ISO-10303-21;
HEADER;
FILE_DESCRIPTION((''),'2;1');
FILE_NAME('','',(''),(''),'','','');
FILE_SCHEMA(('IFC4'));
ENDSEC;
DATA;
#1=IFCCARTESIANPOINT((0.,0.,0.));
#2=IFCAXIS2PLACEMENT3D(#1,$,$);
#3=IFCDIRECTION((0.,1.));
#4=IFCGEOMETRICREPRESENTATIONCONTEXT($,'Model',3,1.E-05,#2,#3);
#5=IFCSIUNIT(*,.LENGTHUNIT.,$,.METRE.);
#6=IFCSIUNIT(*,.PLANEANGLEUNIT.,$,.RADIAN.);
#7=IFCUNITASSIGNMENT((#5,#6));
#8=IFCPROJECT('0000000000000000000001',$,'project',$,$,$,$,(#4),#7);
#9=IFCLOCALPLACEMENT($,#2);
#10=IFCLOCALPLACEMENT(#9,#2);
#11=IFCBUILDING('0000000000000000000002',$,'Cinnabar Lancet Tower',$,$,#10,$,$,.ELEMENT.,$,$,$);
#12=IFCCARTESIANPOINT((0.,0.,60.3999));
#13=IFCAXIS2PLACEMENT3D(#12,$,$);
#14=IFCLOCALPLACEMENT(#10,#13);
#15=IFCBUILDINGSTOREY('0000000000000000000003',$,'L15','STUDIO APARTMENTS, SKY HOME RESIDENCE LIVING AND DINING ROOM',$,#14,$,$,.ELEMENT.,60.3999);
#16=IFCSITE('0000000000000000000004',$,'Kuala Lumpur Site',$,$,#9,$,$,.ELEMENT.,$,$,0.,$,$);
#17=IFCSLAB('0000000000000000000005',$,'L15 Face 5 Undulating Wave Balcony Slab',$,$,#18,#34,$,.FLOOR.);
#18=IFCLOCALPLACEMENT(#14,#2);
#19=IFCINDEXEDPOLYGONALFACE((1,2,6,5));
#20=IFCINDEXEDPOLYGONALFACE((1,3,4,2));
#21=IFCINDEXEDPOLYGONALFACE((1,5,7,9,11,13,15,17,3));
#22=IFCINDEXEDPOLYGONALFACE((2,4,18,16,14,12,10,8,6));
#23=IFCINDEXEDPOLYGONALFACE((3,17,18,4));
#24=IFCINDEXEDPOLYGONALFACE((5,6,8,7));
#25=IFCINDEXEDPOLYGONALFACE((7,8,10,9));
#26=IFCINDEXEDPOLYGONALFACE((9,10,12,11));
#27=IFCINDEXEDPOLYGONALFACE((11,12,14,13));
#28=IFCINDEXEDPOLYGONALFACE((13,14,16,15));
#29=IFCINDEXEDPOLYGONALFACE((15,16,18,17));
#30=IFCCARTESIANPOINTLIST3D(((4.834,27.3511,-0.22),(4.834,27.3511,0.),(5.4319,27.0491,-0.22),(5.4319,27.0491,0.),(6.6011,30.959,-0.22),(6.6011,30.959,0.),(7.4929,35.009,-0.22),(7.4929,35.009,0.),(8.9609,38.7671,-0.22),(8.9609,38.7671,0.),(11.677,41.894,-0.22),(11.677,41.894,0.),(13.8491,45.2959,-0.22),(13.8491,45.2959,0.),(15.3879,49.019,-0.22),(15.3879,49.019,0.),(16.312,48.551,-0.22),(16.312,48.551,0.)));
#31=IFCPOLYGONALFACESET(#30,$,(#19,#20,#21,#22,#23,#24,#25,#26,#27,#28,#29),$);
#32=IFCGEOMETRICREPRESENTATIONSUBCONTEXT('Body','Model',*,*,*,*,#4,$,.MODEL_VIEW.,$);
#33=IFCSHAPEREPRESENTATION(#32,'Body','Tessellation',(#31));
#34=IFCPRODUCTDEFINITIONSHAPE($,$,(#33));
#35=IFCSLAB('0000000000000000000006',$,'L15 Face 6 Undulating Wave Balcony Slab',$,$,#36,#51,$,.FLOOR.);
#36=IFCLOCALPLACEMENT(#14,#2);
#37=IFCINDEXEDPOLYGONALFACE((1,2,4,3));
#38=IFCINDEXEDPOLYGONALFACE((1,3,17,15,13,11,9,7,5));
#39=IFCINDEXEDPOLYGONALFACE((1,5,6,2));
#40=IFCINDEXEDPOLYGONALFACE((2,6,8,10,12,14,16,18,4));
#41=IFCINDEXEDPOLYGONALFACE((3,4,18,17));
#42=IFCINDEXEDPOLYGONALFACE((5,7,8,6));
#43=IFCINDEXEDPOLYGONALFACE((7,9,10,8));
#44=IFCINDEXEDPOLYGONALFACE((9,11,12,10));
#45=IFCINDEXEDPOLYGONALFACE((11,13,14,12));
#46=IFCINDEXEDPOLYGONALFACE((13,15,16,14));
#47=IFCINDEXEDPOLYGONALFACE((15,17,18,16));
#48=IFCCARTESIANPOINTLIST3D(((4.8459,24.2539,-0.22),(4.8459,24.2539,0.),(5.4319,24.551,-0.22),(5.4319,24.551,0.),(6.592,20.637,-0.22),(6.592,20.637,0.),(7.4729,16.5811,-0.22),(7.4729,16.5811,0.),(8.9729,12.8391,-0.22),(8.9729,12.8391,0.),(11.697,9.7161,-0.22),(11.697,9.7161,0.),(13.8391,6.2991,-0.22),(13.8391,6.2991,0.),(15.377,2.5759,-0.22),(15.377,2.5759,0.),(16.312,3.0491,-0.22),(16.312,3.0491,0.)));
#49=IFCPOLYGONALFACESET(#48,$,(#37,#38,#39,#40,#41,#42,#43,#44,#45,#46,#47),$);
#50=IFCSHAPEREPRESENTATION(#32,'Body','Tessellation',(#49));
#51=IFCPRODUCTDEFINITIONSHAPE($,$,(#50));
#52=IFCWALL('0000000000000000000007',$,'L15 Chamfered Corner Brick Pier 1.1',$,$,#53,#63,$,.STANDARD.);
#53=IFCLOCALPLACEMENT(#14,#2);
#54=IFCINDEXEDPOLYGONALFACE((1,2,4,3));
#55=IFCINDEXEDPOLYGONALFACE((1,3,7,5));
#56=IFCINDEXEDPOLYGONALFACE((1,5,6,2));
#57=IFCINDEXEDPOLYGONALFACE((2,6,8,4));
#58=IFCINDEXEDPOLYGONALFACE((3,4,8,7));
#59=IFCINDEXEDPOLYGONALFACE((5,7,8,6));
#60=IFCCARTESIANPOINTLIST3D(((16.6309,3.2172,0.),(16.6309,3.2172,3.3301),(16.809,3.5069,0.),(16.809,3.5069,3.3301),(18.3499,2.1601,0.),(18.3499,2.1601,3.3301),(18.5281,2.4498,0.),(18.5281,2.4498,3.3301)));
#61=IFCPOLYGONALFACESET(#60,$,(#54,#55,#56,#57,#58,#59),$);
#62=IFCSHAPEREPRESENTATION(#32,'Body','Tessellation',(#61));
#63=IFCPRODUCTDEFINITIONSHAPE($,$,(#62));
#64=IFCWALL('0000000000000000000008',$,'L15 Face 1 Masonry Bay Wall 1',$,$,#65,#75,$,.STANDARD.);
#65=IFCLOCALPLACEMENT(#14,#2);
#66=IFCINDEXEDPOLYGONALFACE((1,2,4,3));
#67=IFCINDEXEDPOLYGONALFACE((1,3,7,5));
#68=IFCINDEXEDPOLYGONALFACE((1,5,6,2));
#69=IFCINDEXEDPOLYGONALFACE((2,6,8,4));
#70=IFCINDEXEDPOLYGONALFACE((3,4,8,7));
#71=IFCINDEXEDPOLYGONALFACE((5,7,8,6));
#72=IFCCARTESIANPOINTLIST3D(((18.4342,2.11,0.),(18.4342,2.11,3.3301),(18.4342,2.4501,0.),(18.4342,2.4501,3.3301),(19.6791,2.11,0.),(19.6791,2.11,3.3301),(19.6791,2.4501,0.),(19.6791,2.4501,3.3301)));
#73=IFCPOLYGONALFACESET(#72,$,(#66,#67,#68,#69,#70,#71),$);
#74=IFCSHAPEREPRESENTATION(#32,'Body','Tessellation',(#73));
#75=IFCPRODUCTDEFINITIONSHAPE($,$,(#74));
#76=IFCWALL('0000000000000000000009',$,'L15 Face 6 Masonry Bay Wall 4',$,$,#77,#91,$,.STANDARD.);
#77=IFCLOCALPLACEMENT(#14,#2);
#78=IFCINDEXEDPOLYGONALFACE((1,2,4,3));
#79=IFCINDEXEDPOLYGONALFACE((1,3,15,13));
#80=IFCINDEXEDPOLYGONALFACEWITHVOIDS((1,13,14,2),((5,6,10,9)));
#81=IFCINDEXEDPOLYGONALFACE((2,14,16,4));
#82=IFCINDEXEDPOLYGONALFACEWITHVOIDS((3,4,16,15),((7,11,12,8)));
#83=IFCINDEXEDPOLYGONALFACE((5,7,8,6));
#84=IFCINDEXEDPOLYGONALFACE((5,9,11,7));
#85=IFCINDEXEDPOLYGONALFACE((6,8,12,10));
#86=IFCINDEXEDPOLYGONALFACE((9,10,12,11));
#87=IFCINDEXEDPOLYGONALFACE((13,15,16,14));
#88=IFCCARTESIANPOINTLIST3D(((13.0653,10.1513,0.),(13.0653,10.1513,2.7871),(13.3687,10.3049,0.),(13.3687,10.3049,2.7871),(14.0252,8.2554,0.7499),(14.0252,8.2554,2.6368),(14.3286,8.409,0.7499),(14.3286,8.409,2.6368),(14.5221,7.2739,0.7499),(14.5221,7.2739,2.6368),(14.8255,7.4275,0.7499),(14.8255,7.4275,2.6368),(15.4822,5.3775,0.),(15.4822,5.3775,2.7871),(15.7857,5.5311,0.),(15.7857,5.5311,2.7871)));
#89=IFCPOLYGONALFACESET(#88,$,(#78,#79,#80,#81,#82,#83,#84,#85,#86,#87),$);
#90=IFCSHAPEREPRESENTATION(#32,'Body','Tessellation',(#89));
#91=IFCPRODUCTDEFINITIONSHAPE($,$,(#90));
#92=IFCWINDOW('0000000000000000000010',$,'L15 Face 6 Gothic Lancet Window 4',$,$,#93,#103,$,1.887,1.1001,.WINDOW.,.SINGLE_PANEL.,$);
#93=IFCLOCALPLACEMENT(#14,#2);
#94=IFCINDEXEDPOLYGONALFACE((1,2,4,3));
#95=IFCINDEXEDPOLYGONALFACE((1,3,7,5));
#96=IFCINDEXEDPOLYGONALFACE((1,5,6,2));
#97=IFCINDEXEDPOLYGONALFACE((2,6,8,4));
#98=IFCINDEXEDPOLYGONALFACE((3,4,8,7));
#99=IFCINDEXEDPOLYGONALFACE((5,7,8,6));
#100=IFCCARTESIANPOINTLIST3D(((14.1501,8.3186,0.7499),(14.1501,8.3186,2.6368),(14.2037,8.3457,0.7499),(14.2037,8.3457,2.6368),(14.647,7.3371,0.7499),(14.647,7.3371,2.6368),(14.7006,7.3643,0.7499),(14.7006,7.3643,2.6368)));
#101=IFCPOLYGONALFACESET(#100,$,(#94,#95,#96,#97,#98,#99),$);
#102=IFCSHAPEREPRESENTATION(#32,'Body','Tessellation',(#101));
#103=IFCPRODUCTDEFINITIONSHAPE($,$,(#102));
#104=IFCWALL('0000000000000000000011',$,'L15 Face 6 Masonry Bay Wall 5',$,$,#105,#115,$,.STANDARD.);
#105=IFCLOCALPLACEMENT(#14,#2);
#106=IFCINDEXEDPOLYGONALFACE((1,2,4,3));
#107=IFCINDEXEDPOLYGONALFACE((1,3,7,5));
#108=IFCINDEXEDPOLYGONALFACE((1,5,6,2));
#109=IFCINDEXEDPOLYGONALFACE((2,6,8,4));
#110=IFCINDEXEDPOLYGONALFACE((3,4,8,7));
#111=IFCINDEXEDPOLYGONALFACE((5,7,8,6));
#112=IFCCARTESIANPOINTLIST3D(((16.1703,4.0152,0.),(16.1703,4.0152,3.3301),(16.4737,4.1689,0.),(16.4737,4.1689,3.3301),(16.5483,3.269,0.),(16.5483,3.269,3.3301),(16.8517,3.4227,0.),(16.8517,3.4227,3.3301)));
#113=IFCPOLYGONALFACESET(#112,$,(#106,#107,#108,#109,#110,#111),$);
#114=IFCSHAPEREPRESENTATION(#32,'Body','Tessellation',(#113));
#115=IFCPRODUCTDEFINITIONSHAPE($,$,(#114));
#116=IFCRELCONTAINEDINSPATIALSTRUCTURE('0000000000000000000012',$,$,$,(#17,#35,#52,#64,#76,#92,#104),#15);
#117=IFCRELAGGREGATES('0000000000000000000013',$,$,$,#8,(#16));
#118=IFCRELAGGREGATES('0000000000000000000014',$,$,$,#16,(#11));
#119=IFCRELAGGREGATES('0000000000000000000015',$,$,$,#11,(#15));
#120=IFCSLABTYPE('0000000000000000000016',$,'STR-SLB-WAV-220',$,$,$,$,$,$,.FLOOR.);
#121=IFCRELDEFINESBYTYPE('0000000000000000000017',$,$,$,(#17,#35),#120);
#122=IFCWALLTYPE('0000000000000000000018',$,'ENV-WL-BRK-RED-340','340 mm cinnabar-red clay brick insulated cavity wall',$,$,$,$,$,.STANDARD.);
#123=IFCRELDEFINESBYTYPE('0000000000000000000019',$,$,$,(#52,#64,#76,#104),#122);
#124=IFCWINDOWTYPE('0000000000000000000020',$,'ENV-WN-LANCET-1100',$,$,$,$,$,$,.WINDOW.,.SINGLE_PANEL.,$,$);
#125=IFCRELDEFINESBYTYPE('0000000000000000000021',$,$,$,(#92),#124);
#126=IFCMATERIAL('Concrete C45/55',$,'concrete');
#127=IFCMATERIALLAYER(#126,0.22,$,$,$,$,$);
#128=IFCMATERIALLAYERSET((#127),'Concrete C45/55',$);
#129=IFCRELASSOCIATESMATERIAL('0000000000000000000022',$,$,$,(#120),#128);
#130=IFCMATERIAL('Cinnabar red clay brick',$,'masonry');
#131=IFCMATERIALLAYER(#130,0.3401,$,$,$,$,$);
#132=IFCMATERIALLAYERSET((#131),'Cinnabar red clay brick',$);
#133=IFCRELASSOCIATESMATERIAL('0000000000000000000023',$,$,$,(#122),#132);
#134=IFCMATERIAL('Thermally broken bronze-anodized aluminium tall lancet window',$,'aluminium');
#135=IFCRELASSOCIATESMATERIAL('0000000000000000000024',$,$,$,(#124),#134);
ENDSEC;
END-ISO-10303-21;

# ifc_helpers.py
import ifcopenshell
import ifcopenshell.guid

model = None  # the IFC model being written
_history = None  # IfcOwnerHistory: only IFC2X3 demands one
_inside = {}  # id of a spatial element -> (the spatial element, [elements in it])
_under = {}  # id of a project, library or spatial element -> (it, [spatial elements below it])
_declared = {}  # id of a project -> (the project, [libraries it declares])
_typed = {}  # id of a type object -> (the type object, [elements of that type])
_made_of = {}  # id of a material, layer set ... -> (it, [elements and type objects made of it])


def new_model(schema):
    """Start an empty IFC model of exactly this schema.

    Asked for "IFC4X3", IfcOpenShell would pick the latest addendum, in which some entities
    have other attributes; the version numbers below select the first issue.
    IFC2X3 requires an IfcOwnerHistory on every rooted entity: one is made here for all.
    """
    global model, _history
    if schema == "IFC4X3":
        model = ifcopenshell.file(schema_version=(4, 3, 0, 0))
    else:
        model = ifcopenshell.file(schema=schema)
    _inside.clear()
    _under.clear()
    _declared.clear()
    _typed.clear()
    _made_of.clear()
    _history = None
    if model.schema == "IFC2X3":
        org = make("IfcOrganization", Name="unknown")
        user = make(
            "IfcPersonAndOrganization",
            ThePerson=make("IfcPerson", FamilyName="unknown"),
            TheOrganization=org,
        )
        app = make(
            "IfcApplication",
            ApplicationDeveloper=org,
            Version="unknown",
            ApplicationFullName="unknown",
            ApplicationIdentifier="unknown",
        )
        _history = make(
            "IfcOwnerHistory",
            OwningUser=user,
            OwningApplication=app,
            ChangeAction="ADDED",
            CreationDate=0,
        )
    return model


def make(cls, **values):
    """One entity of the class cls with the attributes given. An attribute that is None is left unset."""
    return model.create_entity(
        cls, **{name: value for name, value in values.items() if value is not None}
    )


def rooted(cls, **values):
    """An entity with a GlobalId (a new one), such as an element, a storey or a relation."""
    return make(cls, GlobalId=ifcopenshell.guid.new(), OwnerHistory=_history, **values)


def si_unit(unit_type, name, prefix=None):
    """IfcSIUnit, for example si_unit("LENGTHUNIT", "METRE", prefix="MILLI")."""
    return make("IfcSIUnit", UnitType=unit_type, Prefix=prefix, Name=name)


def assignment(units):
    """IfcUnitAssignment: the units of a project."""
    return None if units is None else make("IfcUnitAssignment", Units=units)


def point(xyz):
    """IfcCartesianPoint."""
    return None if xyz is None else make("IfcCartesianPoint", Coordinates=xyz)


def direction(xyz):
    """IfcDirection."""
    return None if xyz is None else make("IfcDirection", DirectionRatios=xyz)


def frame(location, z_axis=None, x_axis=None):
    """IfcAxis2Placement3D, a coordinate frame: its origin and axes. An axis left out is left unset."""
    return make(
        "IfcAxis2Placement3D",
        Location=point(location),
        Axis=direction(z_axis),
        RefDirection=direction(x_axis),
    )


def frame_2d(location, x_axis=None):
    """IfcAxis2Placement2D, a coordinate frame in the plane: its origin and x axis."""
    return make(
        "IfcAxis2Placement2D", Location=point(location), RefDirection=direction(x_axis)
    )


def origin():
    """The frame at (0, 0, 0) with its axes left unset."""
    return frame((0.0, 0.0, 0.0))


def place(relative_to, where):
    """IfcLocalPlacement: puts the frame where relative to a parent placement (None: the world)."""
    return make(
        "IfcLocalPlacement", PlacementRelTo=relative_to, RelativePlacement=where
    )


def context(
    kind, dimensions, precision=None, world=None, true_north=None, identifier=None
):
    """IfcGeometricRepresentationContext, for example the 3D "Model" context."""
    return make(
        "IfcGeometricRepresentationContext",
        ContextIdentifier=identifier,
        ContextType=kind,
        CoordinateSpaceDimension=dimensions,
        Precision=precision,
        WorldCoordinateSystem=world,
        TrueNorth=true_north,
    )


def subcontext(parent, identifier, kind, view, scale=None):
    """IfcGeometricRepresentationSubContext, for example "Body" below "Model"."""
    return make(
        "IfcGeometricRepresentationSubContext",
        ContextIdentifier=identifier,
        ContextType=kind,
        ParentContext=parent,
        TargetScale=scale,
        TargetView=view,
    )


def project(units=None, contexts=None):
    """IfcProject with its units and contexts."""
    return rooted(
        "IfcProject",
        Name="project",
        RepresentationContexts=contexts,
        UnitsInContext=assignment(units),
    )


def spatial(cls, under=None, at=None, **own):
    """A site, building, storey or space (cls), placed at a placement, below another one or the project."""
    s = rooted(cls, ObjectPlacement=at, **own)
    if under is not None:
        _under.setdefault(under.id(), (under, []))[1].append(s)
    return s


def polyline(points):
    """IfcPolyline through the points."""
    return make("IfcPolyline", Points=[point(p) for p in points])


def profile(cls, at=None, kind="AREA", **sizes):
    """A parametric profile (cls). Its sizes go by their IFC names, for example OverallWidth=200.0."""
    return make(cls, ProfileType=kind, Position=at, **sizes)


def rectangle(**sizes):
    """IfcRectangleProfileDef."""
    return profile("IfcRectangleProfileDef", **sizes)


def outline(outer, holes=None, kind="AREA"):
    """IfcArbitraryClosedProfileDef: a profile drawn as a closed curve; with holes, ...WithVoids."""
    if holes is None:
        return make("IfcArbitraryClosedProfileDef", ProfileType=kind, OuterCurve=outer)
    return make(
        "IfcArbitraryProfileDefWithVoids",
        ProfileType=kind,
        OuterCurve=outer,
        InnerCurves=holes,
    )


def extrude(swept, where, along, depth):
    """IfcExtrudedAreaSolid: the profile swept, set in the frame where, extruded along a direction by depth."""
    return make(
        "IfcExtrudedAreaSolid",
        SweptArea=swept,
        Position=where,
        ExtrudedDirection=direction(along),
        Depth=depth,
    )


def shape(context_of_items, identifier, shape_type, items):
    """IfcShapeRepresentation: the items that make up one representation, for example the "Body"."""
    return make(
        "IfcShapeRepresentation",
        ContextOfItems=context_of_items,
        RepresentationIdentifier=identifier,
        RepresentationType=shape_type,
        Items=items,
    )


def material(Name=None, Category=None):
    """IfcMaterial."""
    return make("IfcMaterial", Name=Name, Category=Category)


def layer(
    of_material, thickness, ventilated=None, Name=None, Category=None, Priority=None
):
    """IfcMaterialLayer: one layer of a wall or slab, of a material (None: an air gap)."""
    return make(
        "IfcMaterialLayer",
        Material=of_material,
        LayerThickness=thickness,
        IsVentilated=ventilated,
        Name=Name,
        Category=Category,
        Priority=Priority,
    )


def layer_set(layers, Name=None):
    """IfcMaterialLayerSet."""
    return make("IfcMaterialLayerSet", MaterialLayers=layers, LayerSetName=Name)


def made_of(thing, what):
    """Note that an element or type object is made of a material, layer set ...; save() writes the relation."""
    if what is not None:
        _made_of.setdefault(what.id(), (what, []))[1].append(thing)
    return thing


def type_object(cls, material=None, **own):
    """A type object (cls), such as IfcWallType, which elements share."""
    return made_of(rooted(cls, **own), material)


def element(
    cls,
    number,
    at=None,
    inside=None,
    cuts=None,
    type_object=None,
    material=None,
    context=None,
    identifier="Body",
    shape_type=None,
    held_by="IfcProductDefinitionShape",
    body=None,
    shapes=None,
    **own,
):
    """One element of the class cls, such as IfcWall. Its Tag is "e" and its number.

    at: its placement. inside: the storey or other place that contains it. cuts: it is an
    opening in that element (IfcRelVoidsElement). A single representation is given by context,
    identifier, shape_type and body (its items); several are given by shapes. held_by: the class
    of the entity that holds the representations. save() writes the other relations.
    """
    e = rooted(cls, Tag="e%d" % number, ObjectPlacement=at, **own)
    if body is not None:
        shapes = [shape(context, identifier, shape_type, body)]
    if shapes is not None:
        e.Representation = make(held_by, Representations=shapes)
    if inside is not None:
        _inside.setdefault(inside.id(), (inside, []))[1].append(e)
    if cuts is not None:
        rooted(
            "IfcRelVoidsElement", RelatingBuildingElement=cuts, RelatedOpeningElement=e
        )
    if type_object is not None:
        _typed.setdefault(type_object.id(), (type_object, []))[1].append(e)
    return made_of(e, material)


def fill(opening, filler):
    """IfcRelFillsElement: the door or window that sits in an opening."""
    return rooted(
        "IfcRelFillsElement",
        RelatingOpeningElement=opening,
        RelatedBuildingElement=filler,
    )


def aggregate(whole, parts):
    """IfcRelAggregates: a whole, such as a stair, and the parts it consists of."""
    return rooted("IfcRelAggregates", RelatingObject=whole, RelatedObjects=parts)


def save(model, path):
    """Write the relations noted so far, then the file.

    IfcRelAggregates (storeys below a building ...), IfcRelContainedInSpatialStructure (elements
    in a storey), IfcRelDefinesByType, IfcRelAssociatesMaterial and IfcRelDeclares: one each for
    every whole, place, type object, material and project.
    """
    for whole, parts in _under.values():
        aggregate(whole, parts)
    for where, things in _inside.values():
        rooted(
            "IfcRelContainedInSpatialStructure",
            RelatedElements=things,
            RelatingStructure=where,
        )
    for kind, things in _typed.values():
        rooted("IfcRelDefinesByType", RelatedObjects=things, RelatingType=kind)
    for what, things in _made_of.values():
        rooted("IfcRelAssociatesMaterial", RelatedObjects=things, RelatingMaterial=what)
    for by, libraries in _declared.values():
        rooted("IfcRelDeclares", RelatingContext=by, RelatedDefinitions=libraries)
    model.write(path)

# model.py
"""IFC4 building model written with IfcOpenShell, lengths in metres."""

from ifc_helpers import new_model, si_unit, direction, frame, frame_2d, origin, place, context, subcontext, project, spatial, polyline, rectangle, outline, extrude, material, layer, layer_set, type_object, element, fill, save


model = new_model("IFC4")

# Units and contexts
model_context = context("Model", 3, precision=1e-05, world=origin(), true_north=direction((0.0, 1.0)))
body_context = subcontext(model_context, "Body", "Model", "MODEL_VIEW")
ifc_project = project(units=[si_unit("LENGTHUNIT", "METRE"), si_unit("PLANEANGLEUNIT", "RADIAN")], contexts=[model_context])

# Site, building, storey
site_placement = place(None, origin())
site = spatial("IfcSite", under=ifc_project, at=site_placement, Name="Kuala Lumpur Site", CompositionType="ELEMENT", RefElevation=0.0)
building_placement = place(site_placement, origin())
building = spatial("IfcBuilding", under=site, at=building_placement, Name="Cinnabar Lancet Tower", CompositionType="ELEMENT")
storey_placement = place(building_placement, frame((0.0, 0.0, 60.3999)))
storey = spatial("IfcBuildingStorey", under=building, at=storey_placement, Name="L15", Description="STUDIO APARTMENTS, SKY HOME RESIDENCE LIVING AND DINING ROOM", CompositionType="ELEMENT", Elevation=60.3999)

# Slabs
ifc_material_1 = material(Name="Concrete C45/55", Category="concrete")
ifc_layer_1 = layer(ifc_material_1, 0.22)
ifc_layer_set_1 = layer_set([ifc_layer_1], Name="Concrete C45/55")
slab_type_1 = type_object("IfcSlabType", Name="STR-SLB-WAV-220", PredefinedType="FLOOR", material=ifc_layer_set_1)
slab_1_placement = place(storey_placement, frame((0.0, 0.0, -0.22)))
element("IfcSlab", 1, at=slab_1_placement, inside=storey, type_object=slab_type_1, Name="L15 Face 5 Undulating Wave Balcony Slab", PredefinedType="FLOOR", context=body_context, shape_type="SweptSolid", body=[
    extrude(outline(polyline([(16.312, 48.551), (15.3879, 49.019), (13.8491, 45.2959), (11.677, 41.894), (8.9609, 38.7671), (7.4929, 35.009), (6.6011, 30.959), (4.834, 27.3511), (5.4319, 27.0491), (16.312, 48.551)])), origin(), (0.0, 0.0, 1.0), 0.22),
])
slab_2_placement = place(storey_placement, frame((0.0, 0.0, -0.22)))
element("IfcSlab", 2, at=slab_2_placement, inside=storey, type_object=slab_type_1, Name="L15 Face 6 Undulating Wave Balcony Slab", PredefinedType="FLOOR", context=body_context, shape_type="SweptSolid", body=[
    extrude(outline(polyline([(5.4319, 24.551), (4.8459, 24.2539), (6.592, 20.637), (7.4729, 16.5811), (8.9729, 12.8391), (11.697, 9.7161), (13.8391, 6.2991), (15.377, 2.5759), (16.312, 3.0491), (5.4319, 24.551)])), origin(), (0.0, 0.0, 1.0), 0.22),
])

# Walls
ifc_material_2 = material(Name="Cinnabar red clay brick", Category="masonry")
ifc_layer_2 = layer(ifc_material_2, 0.3401)
ifc_layer_set_2 = layer_set([ifc_layer_2], Name="Cinnabar red clay brick")
wall_type = type_object("IfcWallType", Name="ENV-WL-BRK-RED-340", Description="340 mm cinnabar-red clay brick insulated cavity wall", PredefinedType="STANDARD", material=ifc_layer_set_2)
wall_1_placement = place(storey_placement, frame((16.72, 3.3621, 0.0), z_axis=(0.0, 0.0, 1.0), x_axis=(0.851816, -0.523841, 0.0)))
element("IfcWall", 3, at=wall_1_placement, inside=storey, type_object=wall_type, Name="L15 Chamfered Corner Brick Pier 1.1", PredefinedType="STANDARD", context=body_context, shape_type="SweptSolid", body=[
    extrude(rectangle(XDim=2.0181, YDim=0.3401, at=frame_2d((1.009, 0.0))), origin(), (0.0, 0.0, 1.0), 3.3301),
])
wall_2_placement = place(storey_placement, frame((18.4341, 2.28, 0.0), z_axis=(0.0, 0.0, 1.0), x_axis=(1.0, 0.0, 0.0)))
element("IfcWall", 4, at=wall_2_placement, inside=storey, type_object=wall_type, Name="L15 Face 1 Masonry Bay Wall 1", PredefinedType="STANDARD", context=body_context, shape_type="SweptSolid", body=[
    extrude(rectangle(XDim=1.2449, YDim=0.3401, at=frame_2d((0.6226, 0.0))), origin(), (0.0, 0.0, 1.0), 3.3301),
])

# Wall, opening, window
wall_3_placement = place(storey_placement, frame((13.217, 10.228, 0.0), z_axis=(0.0, 0.0, 1.0), x_axis=(0.451698, -0.892171, 0.0)))
wall_3 = element("IfcWall", 5, at=wall_3_placement, inside=storey, type_object=wall_type, Name="L15 Face 6 Masonry Bay Wall 4", PredefinedType="STANDARD", context=body_context, shape_type="SweptSolid", body=[
    extrude(rectangle(XDim=5.3508, YDim=0.3401, at=frame_2d((2.6753, 0.0))), origin(), (0.0, 0.0, 1.0), 2.7871),
])
opening_placement = place(wall_3_placement, frame((2.125, 0.0, 0.75)))
opening = element("IfcOpeningElement", 6, at=opening_placement, cuts=wall_3, PredefinedType="OPENING", context=body_context, shape_type="SweptSolid", body=[
    extrude(rectangle(XDim=1.1001, YDim=1.887, at=frame_2d((0.55, 0.9434))), frame((0.0, 0.1799, 0.0), z_axis=(0.0, -1.0, 0.0), x_axis=(1.0, 0.0, 0.0)), (0.0, 0.0, 1.0), 0.3601),
])
ifc_material_3 = material(Name="Thermally broken bronze-anodized aluminium tall lancet window", Category="aluminium")
window_type = type_object("IfcWindowType", Name="ENV-WN-LANCET-1100", PartitioningType="SINGLE_PANEL", PredefinedType="WINDOW", material=ifc_material_3)
window_placement = place(opening_placement, origin())
window = element("IfcWindow", 7, at=window_placement, inside=storey, type_object=window_type, Name="L15 Face 6 Gothic Lancet Window 4", OverallHeight=1.887, OverallWidth=1.1001, PartitioningType="SINGLE_PANEL", PredefinedType="WINDOW", context=body_context, shape_type="SweptSolid", body=[
    extrude(rectangle(XDim=1.1001, YDim=1.887, at=frame_2d((0.55, 0.9434))), frame((0.0, 0.03, 0.0), z_axis=(0.0, -1.0, 0.0), x_axis=(1.0, 0.0, 0.0)), (0.0, 0.0, 1.0), 0.0601),
])
fill(opening, window)

# Wall
wall_4_placement = place(storey_placement, frame((16.322, 4.092, 0.0), z_axis=(0.0, 0.0, 1.0), x_axis=(0.451878, -0.89208, 0.0)))
element("IfcWall", 8, at=wall_4_placement, inside=storey, type_object=wall_type, Name="L15 Face 6 Masonry Bay Wall 5", PredefinedType="STANDARD", context=body_context, shape_type="SweptSolid", body=[
    extrude(rectangle(XDim=0.8364, YDim=0.3401, at=frame_2d((0.4182, 0.0))), origin(), (0.0, 0.0, 1.0), 3.3301),
])

save(model, "model.ifc")
